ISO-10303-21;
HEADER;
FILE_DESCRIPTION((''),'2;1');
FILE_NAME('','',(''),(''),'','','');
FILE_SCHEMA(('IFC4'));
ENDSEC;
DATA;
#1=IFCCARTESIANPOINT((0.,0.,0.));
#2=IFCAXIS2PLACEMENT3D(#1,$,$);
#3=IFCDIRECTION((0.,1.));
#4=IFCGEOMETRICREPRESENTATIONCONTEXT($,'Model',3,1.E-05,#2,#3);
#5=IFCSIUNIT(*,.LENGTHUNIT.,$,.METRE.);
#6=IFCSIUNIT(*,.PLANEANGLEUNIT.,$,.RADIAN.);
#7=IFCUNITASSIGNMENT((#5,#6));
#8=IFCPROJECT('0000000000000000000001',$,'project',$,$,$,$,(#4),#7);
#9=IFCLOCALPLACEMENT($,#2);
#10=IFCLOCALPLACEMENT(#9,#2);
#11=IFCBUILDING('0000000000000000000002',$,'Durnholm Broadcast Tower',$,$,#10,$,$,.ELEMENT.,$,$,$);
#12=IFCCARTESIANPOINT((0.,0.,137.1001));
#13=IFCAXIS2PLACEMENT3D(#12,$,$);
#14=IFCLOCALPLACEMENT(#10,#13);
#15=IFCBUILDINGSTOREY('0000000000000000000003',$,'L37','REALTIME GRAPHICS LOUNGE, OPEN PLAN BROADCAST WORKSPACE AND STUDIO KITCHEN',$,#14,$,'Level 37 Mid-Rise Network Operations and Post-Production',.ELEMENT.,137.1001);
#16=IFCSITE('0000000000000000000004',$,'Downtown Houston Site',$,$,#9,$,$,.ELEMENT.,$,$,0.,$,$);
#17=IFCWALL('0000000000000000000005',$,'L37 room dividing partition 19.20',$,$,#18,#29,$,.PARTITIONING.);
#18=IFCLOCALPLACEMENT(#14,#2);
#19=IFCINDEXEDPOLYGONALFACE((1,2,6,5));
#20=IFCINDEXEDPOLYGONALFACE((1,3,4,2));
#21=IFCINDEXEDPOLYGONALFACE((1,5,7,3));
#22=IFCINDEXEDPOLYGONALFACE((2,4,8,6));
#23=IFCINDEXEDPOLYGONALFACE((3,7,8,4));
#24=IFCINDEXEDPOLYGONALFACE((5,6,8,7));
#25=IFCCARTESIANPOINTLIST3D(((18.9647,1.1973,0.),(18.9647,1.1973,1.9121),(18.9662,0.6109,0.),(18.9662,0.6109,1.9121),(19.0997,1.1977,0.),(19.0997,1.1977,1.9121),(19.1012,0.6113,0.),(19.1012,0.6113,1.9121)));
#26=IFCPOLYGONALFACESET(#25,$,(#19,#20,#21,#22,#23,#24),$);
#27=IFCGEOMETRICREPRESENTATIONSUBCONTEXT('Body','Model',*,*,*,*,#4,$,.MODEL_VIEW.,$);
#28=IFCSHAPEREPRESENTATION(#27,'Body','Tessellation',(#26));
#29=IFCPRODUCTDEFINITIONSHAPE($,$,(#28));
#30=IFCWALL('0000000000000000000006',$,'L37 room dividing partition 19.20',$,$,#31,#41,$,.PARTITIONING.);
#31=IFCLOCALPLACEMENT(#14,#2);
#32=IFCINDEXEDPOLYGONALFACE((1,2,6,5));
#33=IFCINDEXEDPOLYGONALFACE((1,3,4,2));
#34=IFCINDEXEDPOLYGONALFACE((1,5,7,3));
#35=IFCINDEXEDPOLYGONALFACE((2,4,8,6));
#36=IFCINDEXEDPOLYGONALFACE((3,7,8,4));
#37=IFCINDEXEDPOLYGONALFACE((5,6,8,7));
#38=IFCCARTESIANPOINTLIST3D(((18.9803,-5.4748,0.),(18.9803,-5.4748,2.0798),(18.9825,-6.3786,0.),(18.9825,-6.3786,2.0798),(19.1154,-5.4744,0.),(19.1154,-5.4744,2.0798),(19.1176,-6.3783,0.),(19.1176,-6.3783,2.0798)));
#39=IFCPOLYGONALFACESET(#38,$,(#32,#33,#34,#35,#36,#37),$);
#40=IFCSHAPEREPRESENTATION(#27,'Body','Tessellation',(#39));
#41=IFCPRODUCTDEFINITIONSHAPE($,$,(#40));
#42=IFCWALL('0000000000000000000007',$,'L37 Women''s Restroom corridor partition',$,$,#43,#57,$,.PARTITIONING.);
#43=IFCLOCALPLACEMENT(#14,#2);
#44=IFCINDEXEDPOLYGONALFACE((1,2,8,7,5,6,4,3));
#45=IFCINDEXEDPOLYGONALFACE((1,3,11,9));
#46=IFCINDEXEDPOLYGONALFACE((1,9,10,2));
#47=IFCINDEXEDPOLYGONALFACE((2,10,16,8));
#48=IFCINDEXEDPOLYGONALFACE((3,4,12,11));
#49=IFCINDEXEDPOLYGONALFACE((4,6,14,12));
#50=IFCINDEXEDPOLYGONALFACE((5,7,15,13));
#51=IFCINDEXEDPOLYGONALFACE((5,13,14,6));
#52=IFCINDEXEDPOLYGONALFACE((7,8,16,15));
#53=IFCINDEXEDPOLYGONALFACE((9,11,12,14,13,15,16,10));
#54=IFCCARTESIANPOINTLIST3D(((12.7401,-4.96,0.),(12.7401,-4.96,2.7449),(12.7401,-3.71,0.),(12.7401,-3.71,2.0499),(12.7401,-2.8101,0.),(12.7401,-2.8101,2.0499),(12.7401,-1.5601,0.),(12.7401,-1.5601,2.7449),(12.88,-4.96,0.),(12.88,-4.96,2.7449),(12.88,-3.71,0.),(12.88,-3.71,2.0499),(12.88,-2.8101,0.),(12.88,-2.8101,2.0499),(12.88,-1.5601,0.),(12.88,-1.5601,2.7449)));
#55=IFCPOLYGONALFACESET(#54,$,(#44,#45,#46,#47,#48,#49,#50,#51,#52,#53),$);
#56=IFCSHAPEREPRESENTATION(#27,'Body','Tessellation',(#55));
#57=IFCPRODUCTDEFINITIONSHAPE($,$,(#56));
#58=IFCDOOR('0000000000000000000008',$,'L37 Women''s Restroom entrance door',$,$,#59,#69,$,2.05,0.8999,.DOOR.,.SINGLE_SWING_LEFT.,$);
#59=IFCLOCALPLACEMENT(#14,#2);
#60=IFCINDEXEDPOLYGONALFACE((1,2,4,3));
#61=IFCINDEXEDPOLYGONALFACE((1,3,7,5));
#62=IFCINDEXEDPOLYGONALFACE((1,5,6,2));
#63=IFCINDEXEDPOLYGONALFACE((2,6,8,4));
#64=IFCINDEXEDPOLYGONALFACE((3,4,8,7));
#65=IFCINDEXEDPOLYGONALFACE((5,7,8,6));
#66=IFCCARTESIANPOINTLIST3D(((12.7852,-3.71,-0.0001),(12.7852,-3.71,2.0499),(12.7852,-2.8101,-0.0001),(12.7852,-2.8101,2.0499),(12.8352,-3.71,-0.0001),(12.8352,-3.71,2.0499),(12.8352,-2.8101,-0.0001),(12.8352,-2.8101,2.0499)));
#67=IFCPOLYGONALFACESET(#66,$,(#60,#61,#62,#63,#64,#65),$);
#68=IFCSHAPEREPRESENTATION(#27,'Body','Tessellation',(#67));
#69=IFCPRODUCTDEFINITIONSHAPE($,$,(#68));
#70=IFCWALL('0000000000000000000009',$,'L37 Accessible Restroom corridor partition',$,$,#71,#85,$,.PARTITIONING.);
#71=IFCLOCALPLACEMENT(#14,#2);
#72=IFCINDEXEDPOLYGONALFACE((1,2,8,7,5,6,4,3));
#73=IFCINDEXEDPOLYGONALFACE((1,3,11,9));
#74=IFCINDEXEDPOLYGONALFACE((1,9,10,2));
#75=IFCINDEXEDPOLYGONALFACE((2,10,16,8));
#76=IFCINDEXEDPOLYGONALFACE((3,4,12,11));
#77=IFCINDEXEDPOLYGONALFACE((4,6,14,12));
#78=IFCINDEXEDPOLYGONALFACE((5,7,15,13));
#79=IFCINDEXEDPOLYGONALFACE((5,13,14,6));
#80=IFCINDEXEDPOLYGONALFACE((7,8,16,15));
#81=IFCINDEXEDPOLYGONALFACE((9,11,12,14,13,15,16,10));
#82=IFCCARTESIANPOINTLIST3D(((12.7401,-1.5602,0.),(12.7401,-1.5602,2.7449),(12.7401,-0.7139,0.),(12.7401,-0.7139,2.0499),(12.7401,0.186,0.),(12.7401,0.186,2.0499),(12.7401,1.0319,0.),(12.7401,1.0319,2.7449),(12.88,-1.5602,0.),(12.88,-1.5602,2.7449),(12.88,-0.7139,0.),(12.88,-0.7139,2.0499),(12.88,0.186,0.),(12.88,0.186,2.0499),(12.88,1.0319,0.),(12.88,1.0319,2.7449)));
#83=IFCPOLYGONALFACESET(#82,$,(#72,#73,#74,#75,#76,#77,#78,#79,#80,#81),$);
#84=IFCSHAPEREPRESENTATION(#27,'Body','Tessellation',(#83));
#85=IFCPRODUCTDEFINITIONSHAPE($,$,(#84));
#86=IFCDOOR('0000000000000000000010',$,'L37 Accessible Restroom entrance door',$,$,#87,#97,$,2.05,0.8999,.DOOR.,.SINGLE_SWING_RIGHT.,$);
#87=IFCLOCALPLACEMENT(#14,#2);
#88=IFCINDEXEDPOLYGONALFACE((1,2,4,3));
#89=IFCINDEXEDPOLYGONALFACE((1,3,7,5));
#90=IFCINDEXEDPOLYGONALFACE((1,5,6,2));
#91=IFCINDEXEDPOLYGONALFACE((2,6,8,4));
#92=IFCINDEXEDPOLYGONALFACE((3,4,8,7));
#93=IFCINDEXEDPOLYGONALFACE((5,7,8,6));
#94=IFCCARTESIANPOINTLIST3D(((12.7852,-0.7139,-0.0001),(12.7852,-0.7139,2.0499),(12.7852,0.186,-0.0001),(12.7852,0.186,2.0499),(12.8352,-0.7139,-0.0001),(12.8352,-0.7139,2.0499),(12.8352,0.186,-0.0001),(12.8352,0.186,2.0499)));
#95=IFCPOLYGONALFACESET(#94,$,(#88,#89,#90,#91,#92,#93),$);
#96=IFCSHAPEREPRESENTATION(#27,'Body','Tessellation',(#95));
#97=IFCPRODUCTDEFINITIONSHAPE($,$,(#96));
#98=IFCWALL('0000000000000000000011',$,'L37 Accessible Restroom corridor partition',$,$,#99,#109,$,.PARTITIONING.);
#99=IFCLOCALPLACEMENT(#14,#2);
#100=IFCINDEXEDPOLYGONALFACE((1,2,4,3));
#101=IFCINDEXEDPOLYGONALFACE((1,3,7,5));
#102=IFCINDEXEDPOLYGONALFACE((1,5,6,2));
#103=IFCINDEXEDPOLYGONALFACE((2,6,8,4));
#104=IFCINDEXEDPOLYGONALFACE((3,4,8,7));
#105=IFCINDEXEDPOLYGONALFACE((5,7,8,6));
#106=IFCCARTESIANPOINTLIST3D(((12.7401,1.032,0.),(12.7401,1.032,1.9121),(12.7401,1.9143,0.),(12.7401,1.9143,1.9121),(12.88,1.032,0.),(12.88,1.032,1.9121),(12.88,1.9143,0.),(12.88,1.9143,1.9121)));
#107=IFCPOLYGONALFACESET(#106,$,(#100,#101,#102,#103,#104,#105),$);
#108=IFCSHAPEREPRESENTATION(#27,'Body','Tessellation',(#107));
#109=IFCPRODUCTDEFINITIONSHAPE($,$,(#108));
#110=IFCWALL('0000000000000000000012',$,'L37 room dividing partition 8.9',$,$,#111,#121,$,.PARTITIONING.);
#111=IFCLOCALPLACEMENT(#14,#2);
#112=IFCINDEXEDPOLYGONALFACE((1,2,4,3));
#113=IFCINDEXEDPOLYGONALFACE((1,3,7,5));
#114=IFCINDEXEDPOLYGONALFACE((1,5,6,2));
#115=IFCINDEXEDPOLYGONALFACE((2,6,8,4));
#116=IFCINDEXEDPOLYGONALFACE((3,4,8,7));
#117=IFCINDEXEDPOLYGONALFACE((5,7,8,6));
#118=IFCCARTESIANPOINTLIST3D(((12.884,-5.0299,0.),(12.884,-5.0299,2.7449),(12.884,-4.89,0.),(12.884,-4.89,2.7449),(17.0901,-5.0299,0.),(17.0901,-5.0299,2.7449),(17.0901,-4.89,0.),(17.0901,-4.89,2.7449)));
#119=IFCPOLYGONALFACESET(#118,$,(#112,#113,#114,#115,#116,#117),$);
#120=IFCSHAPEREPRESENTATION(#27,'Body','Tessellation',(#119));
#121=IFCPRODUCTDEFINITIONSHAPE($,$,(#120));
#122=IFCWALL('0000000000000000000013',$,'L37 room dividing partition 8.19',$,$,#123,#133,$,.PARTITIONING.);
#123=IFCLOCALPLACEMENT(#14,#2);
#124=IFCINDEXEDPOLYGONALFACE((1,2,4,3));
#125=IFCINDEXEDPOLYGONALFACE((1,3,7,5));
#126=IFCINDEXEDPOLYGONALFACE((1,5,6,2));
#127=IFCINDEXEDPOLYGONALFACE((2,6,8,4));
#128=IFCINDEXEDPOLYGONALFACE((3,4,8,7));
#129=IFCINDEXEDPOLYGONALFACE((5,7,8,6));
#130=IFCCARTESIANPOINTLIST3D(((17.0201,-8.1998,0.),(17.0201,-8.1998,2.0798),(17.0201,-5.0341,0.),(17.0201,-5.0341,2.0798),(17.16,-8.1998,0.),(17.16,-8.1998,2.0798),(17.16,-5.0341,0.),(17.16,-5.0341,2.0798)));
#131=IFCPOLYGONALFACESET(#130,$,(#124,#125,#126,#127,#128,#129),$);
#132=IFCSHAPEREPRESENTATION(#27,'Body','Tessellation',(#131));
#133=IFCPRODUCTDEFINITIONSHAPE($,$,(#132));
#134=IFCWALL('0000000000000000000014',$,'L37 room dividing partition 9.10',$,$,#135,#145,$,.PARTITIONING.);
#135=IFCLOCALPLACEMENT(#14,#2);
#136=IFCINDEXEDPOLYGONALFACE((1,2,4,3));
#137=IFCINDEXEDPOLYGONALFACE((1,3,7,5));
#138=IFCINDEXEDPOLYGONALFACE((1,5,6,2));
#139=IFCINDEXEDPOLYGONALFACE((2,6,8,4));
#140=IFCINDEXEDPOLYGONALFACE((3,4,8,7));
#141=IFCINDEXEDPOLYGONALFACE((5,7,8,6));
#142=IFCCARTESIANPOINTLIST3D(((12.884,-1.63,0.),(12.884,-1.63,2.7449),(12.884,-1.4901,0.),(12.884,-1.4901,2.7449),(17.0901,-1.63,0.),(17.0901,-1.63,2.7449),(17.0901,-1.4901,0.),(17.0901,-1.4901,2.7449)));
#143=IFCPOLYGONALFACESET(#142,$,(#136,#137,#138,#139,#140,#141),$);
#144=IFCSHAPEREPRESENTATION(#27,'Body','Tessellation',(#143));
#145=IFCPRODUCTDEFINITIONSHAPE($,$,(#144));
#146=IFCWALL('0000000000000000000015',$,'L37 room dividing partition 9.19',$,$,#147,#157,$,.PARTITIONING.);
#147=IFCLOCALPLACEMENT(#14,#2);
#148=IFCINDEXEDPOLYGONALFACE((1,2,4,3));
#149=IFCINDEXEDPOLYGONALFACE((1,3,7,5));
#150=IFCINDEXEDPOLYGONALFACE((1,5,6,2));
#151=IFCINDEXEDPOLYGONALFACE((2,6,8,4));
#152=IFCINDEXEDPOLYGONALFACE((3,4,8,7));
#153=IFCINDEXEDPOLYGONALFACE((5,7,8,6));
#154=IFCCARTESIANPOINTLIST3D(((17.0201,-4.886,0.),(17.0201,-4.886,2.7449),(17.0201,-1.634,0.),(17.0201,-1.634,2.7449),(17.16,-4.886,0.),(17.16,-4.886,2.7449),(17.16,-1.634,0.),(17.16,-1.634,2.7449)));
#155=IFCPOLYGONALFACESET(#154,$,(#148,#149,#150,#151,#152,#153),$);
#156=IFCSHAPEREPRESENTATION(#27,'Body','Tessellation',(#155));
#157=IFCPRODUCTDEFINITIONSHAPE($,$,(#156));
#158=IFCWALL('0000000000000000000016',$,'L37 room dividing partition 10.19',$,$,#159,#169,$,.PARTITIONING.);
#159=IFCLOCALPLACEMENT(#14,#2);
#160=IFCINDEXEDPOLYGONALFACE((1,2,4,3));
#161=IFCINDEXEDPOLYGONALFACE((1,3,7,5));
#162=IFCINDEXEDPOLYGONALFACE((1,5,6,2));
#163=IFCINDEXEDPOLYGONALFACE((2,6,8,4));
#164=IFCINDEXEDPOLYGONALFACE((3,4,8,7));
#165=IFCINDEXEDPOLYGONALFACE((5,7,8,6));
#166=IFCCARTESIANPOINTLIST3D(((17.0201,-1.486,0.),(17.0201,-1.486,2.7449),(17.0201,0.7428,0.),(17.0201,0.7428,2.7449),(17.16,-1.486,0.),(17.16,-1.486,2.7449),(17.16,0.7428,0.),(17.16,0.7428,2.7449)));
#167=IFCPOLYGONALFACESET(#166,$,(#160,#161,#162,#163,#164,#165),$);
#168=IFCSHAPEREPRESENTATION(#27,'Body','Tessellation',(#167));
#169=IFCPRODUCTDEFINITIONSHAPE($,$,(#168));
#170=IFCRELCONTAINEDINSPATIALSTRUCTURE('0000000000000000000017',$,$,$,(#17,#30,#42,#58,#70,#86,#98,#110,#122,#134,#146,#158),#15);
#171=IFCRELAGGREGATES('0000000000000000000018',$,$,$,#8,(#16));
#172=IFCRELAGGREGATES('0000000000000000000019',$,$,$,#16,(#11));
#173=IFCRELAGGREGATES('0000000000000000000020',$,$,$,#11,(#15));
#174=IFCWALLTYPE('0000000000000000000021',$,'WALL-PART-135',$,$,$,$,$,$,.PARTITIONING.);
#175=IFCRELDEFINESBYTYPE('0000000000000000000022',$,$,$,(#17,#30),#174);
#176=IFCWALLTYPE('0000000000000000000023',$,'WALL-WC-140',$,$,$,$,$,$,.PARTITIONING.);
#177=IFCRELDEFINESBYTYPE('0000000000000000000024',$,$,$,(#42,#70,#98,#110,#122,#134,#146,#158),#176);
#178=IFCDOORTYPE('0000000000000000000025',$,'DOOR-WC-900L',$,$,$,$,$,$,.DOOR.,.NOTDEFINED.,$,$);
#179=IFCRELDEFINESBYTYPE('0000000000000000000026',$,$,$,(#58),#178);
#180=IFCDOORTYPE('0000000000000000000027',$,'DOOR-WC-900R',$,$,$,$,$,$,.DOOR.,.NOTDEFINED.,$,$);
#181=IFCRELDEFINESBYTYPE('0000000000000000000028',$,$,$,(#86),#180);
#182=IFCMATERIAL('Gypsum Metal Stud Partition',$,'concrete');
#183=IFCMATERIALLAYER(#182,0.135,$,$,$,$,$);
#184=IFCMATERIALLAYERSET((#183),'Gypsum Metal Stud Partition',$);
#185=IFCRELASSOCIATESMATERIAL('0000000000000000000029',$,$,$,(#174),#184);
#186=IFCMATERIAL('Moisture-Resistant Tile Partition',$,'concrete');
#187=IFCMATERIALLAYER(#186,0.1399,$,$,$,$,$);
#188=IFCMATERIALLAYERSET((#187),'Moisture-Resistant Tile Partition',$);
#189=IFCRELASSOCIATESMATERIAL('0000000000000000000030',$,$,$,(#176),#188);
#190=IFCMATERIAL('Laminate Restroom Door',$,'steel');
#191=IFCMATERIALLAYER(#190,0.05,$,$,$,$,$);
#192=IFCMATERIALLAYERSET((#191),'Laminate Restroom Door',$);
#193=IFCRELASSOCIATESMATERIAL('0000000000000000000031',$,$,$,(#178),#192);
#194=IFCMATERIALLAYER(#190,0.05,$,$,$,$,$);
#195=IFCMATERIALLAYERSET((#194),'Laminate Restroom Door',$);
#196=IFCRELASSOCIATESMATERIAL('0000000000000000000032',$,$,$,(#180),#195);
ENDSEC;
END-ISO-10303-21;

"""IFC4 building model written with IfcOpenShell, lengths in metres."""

from ifc_helpers import new_model, si_unit, direction, frame, frame_2d, origin, place, context, subcontext, project, spatial, rectangle, extrude, source, transform, mapped, material, layer, layer_set, type_object, type_shapes, element, fill, save


model = new_model("IFC4")

# Units and contexts
model_context = context("Model", 3, precision=1e-05, world=origin(), true_north=direction((0.0, 1.0)))
body_context = subcontext(model_context, "Body", "Model", "MODEL_VIEW")
ifc_project = project(units=[si_unit("LENGTHUNIT", "METRE"), si_unit("PLANEANGLEUNIT", "RADIAN")], contexts=[model_context])

# Site, building, storey
site_placement = place(None, origin())
site = spatial("IfcSite", under=ifc_project, at=site_placement, Name="Downtown Houston Site", CompositionType="ELEMENT", RefElevation=0.0)
building_placement = place(site_placement, origin())
building = spatial("IfcBuilding", under=site, at=building_placement, Name="Durnholm Broadcast Tower", CompositionType="ELEMENT")
storey_placement = place(building_placement, frame((0.0, 0.0, 137.1001)))
storey = spatial("IfcBuildingStorey", under=building, at=storey_placement, Name="L37", Description="REALTIME GRAPHICS LOUNGE, OPEN PLAN BROADCAST WORKSPACE AND STUDIO KITCHEN", LongName="Level 37 Mid-Rise Network Operations and Post-Production", CompositionType="ELEMENT", Elevation=137.1001)

# Walls
ifc_material_1 = material(Name="Gypsum Metal Stud Partition", Category="concrete")
ifc_layer_1 = layer(ifc_material_1, 0.135)
ifc_layer_set_1 = layer_set([ifc_layer_1], Name="Gypsum Metal Stud Partition")
wall_type_1 = type_object("IfcWallType", Name="WALL-PART-135", PredefinedType="PARTITIONING", material=ifc_layer_set_1)
wall_1_placement = place(storey_placement, frame((19.0322, 1.1975, 0.0), z_axis=(0.0, 0.0, 1.0), x_axis=(0.002498, -0.999997, 0.0)))
element("IfcWall", 1, at=wall_1_placement, inside=storey, type_object=wall_type_1, Name="L37 room dividing partition 19.20", PredefinedType="PARTITIONING", context=body_context, shape_type="SweptSolid", body=[
    extrude(rectangle(XDim=0.5864, YDim=0.135, at=frame_2d((0.2932, 0.0))), origin(), (0.0, 0.0, 1.0), 1.9121),
])
wall_2_placement = place(storey_placement, frame((19.0479, -5.4746, 0.0), z_axis=(0.0, 0.0, 1.0), x_axis=(0.002431, -0.999997, 0.0)))
element("IfcWall", 2, at=wall_2_placement, inside=storey, type_object=wall_type_1, Name="L37 room dividing partition 19.20", PredefinedType="PARTITIONING", context=body_context, shape_type="SweptSolid", body=[
    extrude(rectangle(XDim=0.9038, YDim=0.135, at=frame_2d((0.4519, 0.0))), origin(), (0.0, 0.0, 1.0), 2.0798),
])

# Walls, openings, doors
ifc_material_2 = material(Name="Moisture-Resistant Tile Partition", Category="concrete")
ifc_layer_2 = layer(ifc_material_2, 0.1399)
ifc_layer_set_2 = layer_set([ifc_layer_2], Name="Moisture-Resistant Tile Partition")
wall_type_2 = type_object("IfcWallType", Name="WALL-WC-140", PredefinedType="PARTITIONING", material=ifc_layer_set_2)
wall_3_placement = place(storey_placement, frame((12.8101, -4.96, 0.0), z_axis=(0.0, 0.0, 1.0), x_axis=(0.0, 1.0, 0.0)))
wall_3 = element("IfcWall", 3, at=wall_3_placement, inside=storey, type_object=wall_type_2, Name="L37 Women's Restroom corridor partition", PredefinedType="PARTITIONING", context=body_context, shape_type="SweptSolid", body=[
    extrude(rectangle(XDim=3.3999, YDim=0.1399, at=frame_2d((1.7, 0.0))), origin(), (0.0, 0.0, 1.0), 2.7449),
])
opening_1_placement = place(wall_3_placement, frame((1.25, 0.0, 0.0)))
opening_1 = element("IfcOpeningElement", 4, at=opening_1_placement, cuts=wall_3, PredefinedType="OPENING", context=body_context, shape_type="SweptSolid", body=[
    extrude(rectangle(XDim=0.8999, YDim=2.05, at=frame_2d((0.45, 1.0249))), frame((0.0, 0.0801, 0.0), z_axis=(0.0, -1.0, 0.0), x_axis=(1.0, 0.0, 0.0)), (0.0, 0.0, 1.0), 0.1599),
])
ifc_material_3 = material(Name="Laminate Restroom Door", Category="steel")
ifc_layer_3 = layer(ifc_material_3, 0.05)
ifc_layer_set_3 = layer_set([ifc_layer_3], Name="Laminate Restroom Door")
door_type_1 = type_object("IfcDoorType", Name="DOOR-WC-900L", OperationType="NOTDEFINED", PredefinedType="DOOR", material=ifc_layer_set_3)
shared_shape_1 = source(origin(), body_context, "Body", "SweptSolid", [
    extrude(rectangle(XDim=0.8999, YDim=2.05, at=frame_2d((0.45, 1.0249))), frame((0.0, 0.0249, 0.0), z_axis=(0.0, -1.0, 0.0), x_axis=(1.0, 0.0, 0.0)), (0.0, 0.0, 1.0), 0.05),
])
type_shapes(door_type_1, [shared_shape_1])
door_1_placement = place(opening_1_placement, origin())
door_1 = element("IfcDoor", 5, at=door_1_placement, inside=storey, type_object=door_type_1, Name="L37 Women's Restroom entrance door", OperationType="SINGLE_SWING_LEFT", OverallHeight=2.05, OverallWidth=0.8999, PredefinedType="DOOR", context=body_context, shape_type="MappedRepresentation", body=[
    mapped(shared_shape_1, transform((0.0, 0.0, 0.0), x_axis=(1.0, 0.0, 0.0), y_axis=(0.0, 1.0, 0.0), z_axis=(0.0, 0.0, 1.0), scale=1.0)),
])
fill(opening_1, door_1)
wall_4_placement = place(storey_placement, frame((12.8101, -1.5601, 0.0), z_axis=(0.0, 0.0, 1.0), x_axis=(0.0, 1.0, 0.0)))
wall_4 = element("IfcWall", 6, at=wall_4_placement, inside=storey, type_object=wall_type_2, Name="L37 Accessible Restroom corridor partition", PredefinedType="PARTITIONING", context=body_context, shape_type="SweptSolid", body=[
    extrude(rectangle(XDim=2.592, YDim=0.1399, at=frame_2d((1.2959, 0.0))), origin(), (0.0, 0.0, 1.0), 2.7449),
])
opening_2_placement = place(wall_4_placement, frame((0.8462, 0.0, 0.0)))
opening_2 = element("IfcOpeningElement", 7, at=opening_2_placement, cuts=wall_4, PredefinedType="OPENING", context=body_context, shape_type="SweptSolid", body=[
    extrude(rectangle(XDim=0.8999, YDim=2.05, at=frame_2d((0.45, 1.0249))), frame((0.0, 0.0801, 0.0), z_axis=(0.0, -1.0, 0.0), x_axis=(1.0, 0.0, 0.0)), (0.0, 0.0, 1.0), 0.1599),
])
ifc_layer_4 = layer(ifc_material_3, 0.05)
ifc_layer_set_4 = layer_set([ifc_layer_4], Name="Laminate Restroom Door")
door_type_2 = type_object("IfcDoorType", Name="DOOR-WC-900R", OperationType="NOTDEFINED", PredefinedType="DOOR", material=ifc_layer_set_4)
shared_shape_2 = source(origin(), body_context, "Body", "SweptSolid", [
    extrude(rectangle(XDim=0.8999, YDim=2.05, at=frame_2d((0.45, 1.0249))), frame((0.0, 0.0249, 0.0), z_axis=(0.0, -1.0, 0.0), x_axis=(1.0, 0.0, 0.0)), (0.0, 0.0, 1.0), 0.05),
])
type_shapes(door_type_2, [shared_shape_2])
door_2_placement = place(opening_2_placement, origin())
door_2 = element("IfcDoor", 8, at=door_2_placement, inside=storey, type_object=door_type_2, Name="L37 Accessible Restroom entrance door", OperationType="SINGLE_SWING_RIGHT", OverallHeight=2.05, OverallWidth=0.8999, PredefinedType="DOOR", context=body_context, shape_type="MappedRepresentation", body=[
    mapped(shared_shape_2, transform((0.0, 0.0, 0.0), x_axis=(1.0, 0.0, 0.0), y_axis=(0.0, 1.0, 0.0), z_axis=(0.0, 0.0, 1.0), scale=1.0)),
])
fill(opening_2, door_2)

# Walls
wall_5_placement = place(storey_placement, frame((12.8101, 1.032, 0.0), z_axis=(0.0, 0.0, 1.0), x_axis=(0.0, 1.0, 0.0)))
element("IfcWall", 9, at=wall_5_placement, inside=storey, type_object=wall_type_2, Name="L37 Accessible Restroom corridor partition", PredefinedType="PARTITIONING", context=body_context, shape_type="SweptSolid", body=[
    extrude(rectangle(XDim=0.8823, YDim=0.1399, at=frame_2d((0.4412, 0.0))), origin(), (0.0, 0.0, 1.0), 1.9121),
])
wall_6_placement = place(storey_placement, frame((12.884, -4.96, 0.0), z_axis=(0.0, 0.0, 1.0), x_axis=(1.0, 0.0, 0.0)))
element("IfcWall", 10, at=wall_6_placement, inside=storey, type_object=wall_type_2, Name="L37 room dividing partition 8.9", PredefinedType="PARTITIONING", context=body_context, shape_type="SweptSolid", body=[
    extrude(rectangle(XDim=4.2061, YDim=0.1399, at=frame_2d((2.103, 0.0))), origin(), (0.0, 0.0, 1.0), 2.7449),
])
wall_7_placement = place(storey_placement, frame((17.0901, -5.0339, 0.0), z_axis=(0.0, 0.0, 1.0), x_axis=(0.0, -1.0, 0.0)))
element("IfcWall", 11, at=wall_7_placement, inside=storey, type_object=wall_type_2, Name="L37 room dividing partition 8.19", PredefinedType="PARTITIONING", context=body_context, shape_type="SweptSolid", body=[
    extrude(rectangle(XDim=3.1658, YDim=0.1399, at=frame_2d((1.583, 0.0))), origin(), (0.0, 0.0, 1.0), 2.0798),
])
wall_8_placement = place(storey_placement, frame((12.884, -1.5601, 0.0), z_axis=(0.0, 0.0, 1.0), x_axis=(1.0, 0.0, 0.0)))
element("IfcWall", 12, at=wall_8_placement, inside=storey, type_object=wall_type_2, Name="L37 room dividing partition 9.10", PredefinedType="PARTITIONING", context=body_context, shape_type="SweptSolid", body=[
    extrude(rectangle(XDim=4.2061, YDim=0.1399, at=frame_2d((2.103, 0.0))), origin(), (0.0, 0.0, 1.0), 2.7449),
])
wall_9_placement = place(storey_placement, frame((17.0901, -1.634, 0.0), z_axis=(0.0, 0.0, 1.0), x_axis=(0.0, -1.0, 0.0)))
element("IfcWall", 13, at=wall_9_placement, inside=storey, type_object=wall_type_2, Name="L37 room dividing partition 9.19", PredefinedType="PARTITIONING", context=body_context, shape_type="SweptSolid", body=[
    extrude(rectangle(XDim=3.252, YDim=0.1399, at=frame_2d((1.626, 0.0))), origin(), (0.0, 0.0, 1.0), 2.7449),
])
wall_10_placement = place(storey_placement, frame((17.0901, 0.7427, 0.0), z_axis=(0.0, 0.0, 1.0), x_axis=(0.0, -1.0, 0.0)))
element("IfcWall", 14, at=wall_10_placement, inside=storey, type_object=wall_type_2, Name="L37 room dividing partition 10.19", PredefinedType="PARTITIONING", context=body_context, shape_type="SweptSolid", body=[
    extrude(rectangle(XDim=2.2288, YDim=0.1399, at=frame_2d((1.1143, 0.0))), origin(), (0.0, 0.0, 1.0), 2.7449),
])

save(model, "model.ifc")
